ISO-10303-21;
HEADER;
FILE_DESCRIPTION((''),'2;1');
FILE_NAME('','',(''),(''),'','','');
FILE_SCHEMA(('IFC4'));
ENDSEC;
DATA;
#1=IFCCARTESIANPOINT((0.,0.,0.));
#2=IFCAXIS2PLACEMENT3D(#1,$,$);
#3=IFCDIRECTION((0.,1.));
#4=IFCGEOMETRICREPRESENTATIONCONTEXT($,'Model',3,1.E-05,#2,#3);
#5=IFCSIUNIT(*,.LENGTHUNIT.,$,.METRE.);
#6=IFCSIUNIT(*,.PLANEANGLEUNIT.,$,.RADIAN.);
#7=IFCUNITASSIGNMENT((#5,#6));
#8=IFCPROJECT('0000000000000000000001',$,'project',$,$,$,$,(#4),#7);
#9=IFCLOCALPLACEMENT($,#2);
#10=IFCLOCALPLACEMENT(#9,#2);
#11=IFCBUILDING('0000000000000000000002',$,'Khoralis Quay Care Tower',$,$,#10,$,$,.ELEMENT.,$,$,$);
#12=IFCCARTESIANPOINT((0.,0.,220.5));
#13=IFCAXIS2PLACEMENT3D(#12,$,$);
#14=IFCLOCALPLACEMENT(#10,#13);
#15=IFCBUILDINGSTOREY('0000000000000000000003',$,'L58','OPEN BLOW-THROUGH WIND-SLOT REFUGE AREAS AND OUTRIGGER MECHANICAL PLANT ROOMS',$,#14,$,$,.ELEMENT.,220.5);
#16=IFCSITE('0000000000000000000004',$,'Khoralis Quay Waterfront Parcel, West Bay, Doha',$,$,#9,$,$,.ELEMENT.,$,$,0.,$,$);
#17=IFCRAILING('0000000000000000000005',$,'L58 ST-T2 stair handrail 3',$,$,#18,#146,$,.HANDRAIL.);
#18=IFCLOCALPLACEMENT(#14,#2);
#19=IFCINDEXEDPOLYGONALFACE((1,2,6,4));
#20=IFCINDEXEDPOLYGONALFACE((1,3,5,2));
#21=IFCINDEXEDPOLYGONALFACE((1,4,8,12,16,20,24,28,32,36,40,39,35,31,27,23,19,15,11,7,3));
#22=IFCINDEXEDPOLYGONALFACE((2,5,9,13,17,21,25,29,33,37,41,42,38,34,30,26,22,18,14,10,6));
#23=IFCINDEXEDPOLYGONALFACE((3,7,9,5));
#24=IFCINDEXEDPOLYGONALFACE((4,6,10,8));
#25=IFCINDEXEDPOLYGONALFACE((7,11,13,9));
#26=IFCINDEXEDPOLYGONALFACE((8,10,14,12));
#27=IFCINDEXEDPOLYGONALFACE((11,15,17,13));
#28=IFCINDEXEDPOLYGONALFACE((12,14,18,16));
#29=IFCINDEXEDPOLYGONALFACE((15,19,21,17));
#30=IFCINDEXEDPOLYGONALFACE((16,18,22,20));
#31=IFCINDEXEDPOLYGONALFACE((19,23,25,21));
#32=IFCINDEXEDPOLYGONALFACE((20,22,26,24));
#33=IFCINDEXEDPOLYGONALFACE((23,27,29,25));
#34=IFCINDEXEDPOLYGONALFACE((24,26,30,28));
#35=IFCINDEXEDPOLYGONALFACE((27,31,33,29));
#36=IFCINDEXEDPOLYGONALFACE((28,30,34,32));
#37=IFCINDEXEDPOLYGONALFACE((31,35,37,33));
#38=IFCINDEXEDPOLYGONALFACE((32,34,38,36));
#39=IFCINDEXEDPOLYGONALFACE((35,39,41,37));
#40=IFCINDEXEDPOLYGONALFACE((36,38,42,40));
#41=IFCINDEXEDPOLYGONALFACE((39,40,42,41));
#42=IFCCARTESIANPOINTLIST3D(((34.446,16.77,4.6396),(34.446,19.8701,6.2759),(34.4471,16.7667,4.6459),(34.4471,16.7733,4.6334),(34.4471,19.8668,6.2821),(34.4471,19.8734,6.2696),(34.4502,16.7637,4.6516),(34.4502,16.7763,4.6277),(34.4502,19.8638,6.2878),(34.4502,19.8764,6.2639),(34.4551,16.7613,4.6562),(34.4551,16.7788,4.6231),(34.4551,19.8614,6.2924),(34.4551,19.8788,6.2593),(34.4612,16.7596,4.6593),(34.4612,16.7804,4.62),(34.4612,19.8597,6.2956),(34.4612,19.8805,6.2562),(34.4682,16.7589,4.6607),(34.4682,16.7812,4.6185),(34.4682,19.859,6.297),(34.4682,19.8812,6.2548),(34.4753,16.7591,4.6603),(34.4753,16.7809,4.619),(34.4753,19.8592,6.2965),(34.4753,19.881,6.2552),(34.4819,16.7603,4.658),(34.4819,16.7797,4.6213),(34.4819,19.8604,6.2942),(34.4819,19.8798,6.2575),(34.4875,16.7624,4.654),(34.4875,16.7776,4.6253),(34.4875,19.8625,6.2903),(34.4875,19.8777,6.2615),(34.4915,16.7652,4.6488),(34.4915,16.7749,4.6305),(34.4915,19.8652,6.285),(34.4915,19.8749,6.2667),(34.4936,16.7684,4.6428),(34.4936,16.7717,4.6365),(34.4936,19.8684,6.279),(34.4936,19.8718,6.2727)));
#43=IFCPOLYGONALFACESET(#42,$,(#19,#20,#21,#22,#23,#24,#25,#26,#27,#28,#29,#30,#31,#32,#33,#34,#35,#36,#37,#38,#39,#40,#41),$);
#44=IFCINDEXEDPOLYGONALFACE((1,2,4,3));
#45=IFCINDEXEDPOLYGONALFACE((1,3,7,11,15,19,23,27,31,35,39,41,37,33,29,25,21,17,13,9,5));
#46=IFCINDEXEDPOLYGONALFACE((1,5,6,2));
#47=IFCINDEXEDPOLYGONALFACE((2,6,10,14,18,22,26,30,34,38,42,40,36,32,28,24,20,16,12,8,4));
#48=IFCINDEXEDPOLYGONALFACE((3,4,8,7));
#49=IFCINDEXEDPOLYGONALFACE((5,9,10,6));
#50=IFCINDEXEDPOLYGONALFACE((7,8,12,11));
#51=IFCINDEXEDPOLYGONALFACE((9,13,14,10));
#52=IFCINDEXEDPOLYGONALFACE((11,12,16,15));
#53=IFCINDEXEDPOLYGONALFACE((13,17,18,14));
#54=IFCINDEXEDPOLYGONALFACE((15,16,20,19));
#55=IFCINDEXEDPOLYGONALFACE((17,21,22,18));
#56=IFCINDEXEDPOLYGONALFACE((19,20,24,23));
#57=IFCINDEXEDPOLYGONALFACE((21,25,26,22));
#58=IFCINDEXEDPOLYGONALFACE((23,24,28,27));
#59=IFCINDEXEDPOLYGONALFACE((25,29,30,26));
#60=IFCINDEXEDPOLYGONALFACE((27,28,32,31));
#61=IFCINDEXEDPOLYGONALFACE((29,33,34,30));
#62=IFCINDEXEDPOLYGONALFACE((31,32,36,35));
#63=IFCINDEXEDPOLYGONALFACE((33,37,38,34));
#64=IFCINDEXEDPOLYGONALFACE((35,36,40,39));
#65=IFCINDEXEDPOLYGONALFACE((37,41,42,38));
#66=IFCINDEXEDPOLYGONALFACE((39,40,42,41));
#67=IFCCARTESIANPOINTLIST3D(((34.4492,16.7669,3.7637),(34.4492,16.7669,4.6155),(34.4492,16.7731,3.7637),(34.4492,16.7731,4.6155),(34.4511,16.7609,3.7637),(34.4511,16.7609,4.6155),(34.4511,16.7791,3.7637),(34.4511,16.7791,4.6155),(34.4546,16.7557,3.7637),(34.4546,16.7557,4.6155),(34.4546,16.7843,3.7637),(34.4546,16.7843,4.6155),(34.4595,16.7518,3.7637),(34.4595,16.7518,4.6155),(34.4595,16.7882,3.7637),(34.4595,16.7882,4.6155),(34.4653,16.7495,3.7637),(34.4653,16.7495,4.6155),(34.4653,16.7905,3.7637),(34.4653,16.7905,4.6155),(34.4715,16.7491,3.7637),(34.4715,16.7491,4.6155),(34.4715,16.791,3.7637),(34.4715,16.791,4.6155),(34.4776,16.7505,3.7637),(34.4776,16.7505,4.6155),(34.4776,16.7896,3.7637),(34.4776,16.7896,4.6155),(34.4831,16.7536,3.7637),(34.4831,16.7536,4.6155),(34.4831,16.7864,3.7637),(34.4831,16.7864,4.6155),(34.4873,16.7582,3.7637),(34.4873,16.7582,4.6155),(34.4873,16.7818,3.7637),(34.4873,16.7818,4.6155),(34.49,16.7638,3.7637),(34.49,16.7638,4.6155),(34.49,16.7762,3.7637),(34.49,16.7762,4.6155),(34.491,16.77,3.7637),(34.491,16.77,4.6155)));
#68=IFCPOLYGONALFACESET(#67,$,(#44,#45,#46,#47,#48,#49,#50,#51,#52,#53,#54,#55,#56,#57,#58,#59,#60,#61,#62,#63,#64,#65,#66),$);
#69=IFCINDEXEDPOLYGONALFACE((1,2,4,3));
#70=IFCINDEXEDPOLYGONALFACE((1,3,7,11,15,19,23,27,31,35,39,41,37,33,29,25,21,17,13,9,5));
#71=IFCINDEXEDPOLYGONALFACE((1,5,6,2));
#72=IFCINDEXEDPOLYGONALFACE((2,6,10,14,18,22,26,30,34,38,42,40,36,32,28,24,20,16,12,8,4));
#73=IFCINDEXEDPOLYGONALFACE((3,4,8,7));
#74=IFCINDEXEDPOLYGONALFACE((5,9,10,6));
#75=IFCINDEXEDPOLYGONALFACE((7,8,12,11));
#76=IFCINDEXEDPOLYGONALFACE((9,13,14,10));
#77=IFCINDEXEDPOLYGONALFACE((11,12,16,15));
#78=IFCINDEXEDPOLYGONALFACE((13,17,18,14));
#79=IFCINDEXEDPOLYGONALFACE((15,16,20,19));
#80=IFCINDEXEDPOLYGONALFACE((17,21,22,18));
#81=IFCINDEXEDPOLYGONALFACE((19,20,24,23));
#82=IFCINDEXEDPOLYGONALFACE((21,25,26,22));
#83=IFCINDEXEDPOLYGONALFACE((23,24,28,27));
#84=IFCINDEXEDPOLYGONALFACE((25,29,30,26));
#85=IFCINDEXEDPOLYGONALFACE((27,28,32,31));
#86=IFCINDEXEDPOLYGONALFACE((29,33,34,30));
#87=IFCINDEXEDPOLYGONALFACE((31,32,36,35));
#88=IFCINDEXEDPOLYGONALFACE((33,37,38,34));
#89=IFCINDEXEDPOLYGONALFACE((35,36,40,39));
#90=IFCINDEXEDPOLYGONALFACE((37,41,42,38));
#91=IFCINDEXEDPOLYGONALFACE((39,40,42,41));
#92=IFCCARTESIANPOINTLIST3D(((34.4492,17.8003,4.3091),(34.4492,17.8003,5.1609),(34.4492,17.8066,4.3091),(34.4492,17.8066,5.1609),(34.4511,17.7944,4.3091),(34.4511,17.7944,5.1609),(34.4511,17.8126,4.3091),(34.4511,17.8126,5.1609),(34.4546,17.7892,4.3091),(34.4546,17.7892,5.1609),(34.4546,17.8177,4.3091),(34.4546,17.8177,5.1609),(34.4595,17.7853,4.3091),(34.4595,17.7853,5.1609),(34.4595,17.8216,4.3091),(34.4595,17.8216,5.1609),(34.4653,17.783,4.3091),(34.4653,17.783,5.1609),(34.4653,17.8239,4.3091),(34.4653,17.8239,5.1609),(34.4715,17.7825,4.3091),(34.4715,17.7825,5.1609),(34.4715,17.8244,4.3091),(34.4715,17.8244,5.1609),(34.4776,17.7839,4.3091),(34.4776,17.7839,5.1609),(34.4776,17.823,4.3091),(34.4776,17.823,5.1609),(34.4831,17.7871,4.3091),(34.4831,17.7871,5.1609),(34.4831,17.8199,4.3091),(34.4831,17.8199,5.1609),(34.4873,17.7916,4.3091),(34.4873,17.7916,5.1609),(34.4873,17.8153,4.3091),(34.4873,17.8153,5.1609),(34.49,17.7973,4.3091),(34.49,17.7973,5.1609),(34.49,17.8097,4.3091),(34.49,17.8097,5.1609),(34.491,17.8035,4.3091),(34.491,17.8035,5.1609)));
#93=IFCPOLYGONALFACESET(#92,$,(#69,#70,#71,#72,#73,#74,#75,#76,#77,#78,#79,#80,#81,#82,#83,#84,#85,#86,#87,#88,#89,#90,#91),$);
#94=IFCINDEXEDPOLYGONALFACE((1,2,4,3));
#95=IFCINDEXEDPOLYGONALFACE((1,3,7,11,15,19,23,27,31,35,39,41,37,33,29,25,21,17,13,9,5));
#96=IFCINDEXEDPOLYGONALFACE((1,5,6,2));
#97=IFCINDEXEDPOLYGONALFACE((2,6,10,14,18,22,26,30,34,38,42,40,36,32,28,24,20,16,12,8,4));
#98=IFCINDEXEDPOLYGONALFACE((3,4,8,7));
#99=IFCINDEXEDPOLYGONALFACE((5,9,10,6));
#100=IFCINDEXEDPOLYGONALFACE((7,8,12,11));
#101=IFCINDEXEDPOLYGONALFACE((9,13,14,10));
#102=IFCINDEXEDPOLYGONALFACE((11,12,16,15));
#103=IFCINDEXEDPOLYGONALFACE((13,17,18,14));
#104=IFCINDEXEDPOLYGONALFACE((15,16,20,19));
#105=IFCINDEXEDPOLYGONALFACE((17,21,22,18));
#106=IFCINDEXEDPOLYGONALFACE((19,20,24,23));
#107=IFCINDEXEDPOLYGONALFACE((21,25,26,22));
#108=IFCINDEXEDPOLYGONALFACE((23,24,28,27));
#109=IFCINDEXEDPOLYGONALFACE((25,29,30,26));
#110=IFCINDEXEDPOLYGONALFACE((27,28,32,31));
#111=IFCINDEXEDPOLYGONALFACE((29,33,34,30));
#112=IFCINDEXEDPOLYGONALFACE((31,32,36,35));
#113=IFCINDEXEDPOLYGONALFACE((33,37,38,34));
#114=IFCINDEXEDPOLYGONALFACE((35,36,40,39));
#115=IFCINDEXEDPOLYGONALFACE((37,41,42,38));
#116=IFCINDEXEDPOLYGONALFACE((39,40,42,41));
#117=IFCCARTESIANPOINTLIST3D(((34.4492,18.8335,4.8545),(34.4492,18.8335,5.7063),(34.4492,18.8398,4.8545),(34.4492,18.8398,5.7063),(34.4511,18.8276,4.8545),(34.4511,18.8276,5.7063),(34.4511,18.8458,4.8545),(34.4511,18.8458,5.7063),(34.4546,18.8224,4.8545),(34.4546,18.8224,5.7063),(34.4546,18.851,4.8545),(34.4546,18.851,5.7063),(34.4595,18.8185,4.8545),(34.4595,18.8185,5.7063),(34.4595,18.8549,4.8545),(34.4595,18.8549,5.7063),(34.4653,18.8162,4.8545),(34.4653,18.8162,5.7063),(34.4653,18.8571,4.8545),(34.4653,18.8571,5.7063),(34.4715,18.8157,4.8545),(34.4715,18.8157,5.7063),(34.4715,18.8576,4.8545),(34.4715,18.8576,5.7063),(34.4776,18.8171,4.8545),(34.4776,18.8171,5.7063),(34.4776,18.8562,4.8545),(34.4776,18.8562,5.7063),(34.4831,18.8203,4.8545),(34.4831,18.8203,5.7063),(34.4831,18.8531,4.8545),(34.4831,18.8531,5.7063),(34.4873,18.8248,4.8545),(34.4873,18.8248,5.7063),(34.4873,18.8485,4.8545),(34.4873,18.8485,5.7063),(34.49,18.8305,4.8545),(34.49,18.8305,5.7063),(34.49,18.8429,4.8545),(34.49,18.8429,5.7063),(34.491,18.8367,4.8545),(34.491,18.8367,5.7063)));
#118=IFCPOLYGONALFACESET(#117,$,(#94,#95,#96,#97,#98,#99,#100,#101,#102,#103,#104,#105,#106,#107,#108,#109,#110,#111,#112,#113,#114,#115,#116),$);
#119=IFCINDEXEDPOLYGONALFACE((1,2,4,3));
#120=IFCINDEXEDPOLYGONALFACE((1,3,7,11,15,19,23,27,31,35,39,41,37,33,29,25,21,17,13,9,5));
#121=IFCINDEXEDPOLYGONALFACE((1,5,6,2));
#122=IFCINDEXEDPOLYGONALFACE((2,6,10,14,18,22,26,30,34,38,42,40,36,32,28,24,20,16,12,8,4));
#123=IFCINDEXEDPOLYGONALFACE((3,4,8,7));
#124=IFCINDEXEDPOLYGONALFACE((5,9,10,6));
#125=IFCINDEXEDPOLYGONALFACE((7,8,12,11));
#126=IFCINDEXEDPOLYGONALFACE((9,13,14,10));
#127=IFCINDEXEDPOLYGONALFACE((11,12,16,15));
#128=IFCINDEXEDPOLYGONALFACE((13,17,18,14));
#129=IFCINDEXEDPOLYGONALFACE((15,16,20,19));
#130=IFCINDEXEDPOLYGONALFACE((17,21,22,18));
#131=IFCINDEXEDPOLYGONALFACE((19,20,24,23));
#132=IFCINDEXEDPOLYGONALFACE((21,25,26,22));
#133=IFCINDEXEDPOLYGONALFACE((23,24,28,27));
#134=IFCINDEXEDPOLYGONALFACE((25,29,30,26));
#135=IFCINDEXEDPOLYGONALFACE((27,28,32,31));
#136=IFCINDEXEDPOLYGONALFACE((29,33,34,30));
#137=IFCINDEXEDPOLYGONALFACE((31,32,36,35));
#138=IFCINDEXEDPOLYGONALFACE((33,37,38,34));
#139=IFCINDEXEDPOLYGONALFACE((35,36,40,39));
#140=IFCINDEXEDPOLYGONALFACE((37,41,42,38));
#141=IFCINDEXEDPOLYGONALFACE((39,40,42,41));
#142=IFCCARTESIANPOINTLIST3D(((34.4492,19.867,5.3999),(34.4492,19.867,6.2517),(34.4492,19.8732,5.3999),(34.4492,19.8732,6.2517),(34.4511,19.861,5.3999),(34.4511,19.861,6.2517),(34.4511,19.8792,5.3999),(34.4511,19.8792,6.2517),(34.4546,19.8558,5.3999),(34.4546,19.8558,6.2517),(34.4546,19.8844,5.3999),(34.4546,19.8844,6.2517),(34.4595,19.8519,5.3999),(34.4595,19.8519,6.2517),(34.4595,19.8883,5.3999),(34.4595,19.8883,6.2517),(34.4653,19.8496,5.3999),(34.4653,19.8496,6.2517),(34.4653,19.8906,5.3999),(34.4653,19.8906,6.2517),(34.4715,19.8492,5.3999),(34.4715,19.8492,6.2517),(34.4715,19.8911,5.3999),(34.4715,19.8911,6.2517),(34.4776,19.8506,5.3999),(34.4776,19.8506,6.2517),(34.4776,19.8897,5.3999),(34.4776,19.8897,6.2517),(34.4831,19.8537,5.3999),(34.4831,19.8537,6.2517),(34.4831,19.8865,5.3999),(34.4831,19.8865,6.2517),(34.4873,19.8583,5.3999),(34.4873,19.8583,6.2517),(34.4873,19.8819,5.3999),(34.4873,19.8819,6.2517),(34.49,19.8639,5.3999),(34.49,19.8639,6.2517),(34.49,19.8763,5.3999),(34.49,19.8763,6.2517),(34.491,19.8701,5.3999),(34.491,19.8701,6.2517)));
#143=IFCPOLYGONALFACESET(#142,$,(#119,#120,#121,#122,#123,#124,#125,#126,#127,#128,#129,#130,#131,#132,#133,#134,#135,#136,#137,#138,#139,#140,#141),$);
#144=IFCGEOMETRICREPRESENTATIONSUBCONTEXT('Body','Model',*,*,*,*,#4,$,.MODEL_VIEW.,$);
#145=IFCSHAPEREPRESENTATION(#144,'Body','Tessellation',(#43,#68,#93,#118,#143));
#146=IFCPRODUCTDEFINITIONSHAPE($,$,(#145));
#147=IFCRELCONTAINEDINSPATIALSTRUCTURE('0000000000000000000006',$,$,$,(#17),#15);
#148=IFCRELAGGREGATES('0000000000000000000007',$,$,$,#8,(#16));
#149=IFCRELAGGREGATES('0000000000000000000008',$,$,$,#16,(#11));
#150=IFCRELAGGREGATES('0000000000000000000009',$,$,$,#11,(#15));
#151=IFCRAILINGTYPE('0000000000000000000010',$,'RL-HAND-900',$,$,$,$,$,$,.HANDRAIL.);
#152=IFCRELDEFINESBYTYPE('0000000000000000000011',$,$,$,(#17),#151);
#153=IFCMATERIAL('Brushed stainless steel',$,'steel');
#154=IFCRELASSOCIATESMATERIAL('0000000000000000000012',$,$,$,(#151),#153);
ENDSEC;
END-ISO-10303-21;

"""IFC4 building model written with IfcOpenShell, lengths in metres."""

from ifc_helpers import new_model, si_unit, direction, frame, origin, origin_2d, place, context, subcontext, project, spatial, circle, extrude, material, type_object, element, save


model = new_model("IFC4")

# Units and contexts
model_context = context("Model", 3, precision=1e-05, world=origin(), true_north=direction((0.0, 1.0)))
body_context = subcontext(model_context, "Body", "Model", "MODEL_VIEW")
ifc_project = project(units=[si_unit("LENGTHUNIT", "METRE"), si_unit("PLANEANGLEUNIT", "RADIAN")], contexts=[model_context])

# Site, building, storey
site_placement = place(None, origin())
site = spatial("IfcSite", under=ifc_project, at=site_placement, Name="Khoralis Quay Waterfront Parcel, West Bay, Doha", CompositionType="ELEMENT", RefElevation=0.0)
building_placement = place(site_placement, origin())
building = spatial("IfcBuilding", under=site, at=building_placement, Name="Khoralis Quay Care Tower", CompositionType="ELEMENT")
storey_placement = place(building_placement, frame((0.0, 0.0, 220.5)))
storey = spatial("IfcBuildingStorey", under=building, at=storey_placement, Name="L58", Description="OPEN BLOW-THROUGH WIND-SLOT REFUGE AREAS AND OUTRIGGER MECHANICAL PLANT ROOMS", CompositionType="ELEMENT", Elevation=220.5)

# Railing
ifc_material_1 = material(Name="Brushed stainless steel", Category="steel")
railing_type_1 = type_object("IfcRailingType", Name="RL-HAND-900", PredefinedType="HANDRAIL", material=ifc_material_1)
railing_1_placement = place(storey_placement, frame((34.47, 16.77, 3.7637)))
element("IfcRailing", 1, at=railing_1_placement, inside=storey, type_object=railing_type_1, Name="L58 ST-T2 stair handrail 3", PredefinedType="HANDRAIL", context=body_context, shape_type="SweptSolid", body=[
    extrude(circle(Radius=0.0239, at=origin_2d()), frame((0.0, 0.0, 0.876), z_axis=(0.0, 0.884377, 0.466774), x_axis=(-1.0, 0.0, 0.0)), (0.0, 0.0, 1.0), 3.5054),
    extrude(circle(Radius=0.021, at=origin_2d()), origin(), (0.0, 0.0, 1.0), 0.8518),
    extrude(circle(Radius=0.021, at=origin_2d()), frame((0.0, 1.0334, 0.5454)), (0.0, 0.0, 1.0), 0.8518),
    extrude(circle(Radius=0.021, at=origin_2d()), frame((0.0, 2.0667, 1.0908)), (0.0, 0.0, 1.0), 0.8518),
    extrude(circle(Radius=0.021, at=origin_2d()), frame((0.0, 3.1001, 1.6362)), (0.0, 0.0, 1.0), 0.8518),
])

save(model, "model.ifc")
